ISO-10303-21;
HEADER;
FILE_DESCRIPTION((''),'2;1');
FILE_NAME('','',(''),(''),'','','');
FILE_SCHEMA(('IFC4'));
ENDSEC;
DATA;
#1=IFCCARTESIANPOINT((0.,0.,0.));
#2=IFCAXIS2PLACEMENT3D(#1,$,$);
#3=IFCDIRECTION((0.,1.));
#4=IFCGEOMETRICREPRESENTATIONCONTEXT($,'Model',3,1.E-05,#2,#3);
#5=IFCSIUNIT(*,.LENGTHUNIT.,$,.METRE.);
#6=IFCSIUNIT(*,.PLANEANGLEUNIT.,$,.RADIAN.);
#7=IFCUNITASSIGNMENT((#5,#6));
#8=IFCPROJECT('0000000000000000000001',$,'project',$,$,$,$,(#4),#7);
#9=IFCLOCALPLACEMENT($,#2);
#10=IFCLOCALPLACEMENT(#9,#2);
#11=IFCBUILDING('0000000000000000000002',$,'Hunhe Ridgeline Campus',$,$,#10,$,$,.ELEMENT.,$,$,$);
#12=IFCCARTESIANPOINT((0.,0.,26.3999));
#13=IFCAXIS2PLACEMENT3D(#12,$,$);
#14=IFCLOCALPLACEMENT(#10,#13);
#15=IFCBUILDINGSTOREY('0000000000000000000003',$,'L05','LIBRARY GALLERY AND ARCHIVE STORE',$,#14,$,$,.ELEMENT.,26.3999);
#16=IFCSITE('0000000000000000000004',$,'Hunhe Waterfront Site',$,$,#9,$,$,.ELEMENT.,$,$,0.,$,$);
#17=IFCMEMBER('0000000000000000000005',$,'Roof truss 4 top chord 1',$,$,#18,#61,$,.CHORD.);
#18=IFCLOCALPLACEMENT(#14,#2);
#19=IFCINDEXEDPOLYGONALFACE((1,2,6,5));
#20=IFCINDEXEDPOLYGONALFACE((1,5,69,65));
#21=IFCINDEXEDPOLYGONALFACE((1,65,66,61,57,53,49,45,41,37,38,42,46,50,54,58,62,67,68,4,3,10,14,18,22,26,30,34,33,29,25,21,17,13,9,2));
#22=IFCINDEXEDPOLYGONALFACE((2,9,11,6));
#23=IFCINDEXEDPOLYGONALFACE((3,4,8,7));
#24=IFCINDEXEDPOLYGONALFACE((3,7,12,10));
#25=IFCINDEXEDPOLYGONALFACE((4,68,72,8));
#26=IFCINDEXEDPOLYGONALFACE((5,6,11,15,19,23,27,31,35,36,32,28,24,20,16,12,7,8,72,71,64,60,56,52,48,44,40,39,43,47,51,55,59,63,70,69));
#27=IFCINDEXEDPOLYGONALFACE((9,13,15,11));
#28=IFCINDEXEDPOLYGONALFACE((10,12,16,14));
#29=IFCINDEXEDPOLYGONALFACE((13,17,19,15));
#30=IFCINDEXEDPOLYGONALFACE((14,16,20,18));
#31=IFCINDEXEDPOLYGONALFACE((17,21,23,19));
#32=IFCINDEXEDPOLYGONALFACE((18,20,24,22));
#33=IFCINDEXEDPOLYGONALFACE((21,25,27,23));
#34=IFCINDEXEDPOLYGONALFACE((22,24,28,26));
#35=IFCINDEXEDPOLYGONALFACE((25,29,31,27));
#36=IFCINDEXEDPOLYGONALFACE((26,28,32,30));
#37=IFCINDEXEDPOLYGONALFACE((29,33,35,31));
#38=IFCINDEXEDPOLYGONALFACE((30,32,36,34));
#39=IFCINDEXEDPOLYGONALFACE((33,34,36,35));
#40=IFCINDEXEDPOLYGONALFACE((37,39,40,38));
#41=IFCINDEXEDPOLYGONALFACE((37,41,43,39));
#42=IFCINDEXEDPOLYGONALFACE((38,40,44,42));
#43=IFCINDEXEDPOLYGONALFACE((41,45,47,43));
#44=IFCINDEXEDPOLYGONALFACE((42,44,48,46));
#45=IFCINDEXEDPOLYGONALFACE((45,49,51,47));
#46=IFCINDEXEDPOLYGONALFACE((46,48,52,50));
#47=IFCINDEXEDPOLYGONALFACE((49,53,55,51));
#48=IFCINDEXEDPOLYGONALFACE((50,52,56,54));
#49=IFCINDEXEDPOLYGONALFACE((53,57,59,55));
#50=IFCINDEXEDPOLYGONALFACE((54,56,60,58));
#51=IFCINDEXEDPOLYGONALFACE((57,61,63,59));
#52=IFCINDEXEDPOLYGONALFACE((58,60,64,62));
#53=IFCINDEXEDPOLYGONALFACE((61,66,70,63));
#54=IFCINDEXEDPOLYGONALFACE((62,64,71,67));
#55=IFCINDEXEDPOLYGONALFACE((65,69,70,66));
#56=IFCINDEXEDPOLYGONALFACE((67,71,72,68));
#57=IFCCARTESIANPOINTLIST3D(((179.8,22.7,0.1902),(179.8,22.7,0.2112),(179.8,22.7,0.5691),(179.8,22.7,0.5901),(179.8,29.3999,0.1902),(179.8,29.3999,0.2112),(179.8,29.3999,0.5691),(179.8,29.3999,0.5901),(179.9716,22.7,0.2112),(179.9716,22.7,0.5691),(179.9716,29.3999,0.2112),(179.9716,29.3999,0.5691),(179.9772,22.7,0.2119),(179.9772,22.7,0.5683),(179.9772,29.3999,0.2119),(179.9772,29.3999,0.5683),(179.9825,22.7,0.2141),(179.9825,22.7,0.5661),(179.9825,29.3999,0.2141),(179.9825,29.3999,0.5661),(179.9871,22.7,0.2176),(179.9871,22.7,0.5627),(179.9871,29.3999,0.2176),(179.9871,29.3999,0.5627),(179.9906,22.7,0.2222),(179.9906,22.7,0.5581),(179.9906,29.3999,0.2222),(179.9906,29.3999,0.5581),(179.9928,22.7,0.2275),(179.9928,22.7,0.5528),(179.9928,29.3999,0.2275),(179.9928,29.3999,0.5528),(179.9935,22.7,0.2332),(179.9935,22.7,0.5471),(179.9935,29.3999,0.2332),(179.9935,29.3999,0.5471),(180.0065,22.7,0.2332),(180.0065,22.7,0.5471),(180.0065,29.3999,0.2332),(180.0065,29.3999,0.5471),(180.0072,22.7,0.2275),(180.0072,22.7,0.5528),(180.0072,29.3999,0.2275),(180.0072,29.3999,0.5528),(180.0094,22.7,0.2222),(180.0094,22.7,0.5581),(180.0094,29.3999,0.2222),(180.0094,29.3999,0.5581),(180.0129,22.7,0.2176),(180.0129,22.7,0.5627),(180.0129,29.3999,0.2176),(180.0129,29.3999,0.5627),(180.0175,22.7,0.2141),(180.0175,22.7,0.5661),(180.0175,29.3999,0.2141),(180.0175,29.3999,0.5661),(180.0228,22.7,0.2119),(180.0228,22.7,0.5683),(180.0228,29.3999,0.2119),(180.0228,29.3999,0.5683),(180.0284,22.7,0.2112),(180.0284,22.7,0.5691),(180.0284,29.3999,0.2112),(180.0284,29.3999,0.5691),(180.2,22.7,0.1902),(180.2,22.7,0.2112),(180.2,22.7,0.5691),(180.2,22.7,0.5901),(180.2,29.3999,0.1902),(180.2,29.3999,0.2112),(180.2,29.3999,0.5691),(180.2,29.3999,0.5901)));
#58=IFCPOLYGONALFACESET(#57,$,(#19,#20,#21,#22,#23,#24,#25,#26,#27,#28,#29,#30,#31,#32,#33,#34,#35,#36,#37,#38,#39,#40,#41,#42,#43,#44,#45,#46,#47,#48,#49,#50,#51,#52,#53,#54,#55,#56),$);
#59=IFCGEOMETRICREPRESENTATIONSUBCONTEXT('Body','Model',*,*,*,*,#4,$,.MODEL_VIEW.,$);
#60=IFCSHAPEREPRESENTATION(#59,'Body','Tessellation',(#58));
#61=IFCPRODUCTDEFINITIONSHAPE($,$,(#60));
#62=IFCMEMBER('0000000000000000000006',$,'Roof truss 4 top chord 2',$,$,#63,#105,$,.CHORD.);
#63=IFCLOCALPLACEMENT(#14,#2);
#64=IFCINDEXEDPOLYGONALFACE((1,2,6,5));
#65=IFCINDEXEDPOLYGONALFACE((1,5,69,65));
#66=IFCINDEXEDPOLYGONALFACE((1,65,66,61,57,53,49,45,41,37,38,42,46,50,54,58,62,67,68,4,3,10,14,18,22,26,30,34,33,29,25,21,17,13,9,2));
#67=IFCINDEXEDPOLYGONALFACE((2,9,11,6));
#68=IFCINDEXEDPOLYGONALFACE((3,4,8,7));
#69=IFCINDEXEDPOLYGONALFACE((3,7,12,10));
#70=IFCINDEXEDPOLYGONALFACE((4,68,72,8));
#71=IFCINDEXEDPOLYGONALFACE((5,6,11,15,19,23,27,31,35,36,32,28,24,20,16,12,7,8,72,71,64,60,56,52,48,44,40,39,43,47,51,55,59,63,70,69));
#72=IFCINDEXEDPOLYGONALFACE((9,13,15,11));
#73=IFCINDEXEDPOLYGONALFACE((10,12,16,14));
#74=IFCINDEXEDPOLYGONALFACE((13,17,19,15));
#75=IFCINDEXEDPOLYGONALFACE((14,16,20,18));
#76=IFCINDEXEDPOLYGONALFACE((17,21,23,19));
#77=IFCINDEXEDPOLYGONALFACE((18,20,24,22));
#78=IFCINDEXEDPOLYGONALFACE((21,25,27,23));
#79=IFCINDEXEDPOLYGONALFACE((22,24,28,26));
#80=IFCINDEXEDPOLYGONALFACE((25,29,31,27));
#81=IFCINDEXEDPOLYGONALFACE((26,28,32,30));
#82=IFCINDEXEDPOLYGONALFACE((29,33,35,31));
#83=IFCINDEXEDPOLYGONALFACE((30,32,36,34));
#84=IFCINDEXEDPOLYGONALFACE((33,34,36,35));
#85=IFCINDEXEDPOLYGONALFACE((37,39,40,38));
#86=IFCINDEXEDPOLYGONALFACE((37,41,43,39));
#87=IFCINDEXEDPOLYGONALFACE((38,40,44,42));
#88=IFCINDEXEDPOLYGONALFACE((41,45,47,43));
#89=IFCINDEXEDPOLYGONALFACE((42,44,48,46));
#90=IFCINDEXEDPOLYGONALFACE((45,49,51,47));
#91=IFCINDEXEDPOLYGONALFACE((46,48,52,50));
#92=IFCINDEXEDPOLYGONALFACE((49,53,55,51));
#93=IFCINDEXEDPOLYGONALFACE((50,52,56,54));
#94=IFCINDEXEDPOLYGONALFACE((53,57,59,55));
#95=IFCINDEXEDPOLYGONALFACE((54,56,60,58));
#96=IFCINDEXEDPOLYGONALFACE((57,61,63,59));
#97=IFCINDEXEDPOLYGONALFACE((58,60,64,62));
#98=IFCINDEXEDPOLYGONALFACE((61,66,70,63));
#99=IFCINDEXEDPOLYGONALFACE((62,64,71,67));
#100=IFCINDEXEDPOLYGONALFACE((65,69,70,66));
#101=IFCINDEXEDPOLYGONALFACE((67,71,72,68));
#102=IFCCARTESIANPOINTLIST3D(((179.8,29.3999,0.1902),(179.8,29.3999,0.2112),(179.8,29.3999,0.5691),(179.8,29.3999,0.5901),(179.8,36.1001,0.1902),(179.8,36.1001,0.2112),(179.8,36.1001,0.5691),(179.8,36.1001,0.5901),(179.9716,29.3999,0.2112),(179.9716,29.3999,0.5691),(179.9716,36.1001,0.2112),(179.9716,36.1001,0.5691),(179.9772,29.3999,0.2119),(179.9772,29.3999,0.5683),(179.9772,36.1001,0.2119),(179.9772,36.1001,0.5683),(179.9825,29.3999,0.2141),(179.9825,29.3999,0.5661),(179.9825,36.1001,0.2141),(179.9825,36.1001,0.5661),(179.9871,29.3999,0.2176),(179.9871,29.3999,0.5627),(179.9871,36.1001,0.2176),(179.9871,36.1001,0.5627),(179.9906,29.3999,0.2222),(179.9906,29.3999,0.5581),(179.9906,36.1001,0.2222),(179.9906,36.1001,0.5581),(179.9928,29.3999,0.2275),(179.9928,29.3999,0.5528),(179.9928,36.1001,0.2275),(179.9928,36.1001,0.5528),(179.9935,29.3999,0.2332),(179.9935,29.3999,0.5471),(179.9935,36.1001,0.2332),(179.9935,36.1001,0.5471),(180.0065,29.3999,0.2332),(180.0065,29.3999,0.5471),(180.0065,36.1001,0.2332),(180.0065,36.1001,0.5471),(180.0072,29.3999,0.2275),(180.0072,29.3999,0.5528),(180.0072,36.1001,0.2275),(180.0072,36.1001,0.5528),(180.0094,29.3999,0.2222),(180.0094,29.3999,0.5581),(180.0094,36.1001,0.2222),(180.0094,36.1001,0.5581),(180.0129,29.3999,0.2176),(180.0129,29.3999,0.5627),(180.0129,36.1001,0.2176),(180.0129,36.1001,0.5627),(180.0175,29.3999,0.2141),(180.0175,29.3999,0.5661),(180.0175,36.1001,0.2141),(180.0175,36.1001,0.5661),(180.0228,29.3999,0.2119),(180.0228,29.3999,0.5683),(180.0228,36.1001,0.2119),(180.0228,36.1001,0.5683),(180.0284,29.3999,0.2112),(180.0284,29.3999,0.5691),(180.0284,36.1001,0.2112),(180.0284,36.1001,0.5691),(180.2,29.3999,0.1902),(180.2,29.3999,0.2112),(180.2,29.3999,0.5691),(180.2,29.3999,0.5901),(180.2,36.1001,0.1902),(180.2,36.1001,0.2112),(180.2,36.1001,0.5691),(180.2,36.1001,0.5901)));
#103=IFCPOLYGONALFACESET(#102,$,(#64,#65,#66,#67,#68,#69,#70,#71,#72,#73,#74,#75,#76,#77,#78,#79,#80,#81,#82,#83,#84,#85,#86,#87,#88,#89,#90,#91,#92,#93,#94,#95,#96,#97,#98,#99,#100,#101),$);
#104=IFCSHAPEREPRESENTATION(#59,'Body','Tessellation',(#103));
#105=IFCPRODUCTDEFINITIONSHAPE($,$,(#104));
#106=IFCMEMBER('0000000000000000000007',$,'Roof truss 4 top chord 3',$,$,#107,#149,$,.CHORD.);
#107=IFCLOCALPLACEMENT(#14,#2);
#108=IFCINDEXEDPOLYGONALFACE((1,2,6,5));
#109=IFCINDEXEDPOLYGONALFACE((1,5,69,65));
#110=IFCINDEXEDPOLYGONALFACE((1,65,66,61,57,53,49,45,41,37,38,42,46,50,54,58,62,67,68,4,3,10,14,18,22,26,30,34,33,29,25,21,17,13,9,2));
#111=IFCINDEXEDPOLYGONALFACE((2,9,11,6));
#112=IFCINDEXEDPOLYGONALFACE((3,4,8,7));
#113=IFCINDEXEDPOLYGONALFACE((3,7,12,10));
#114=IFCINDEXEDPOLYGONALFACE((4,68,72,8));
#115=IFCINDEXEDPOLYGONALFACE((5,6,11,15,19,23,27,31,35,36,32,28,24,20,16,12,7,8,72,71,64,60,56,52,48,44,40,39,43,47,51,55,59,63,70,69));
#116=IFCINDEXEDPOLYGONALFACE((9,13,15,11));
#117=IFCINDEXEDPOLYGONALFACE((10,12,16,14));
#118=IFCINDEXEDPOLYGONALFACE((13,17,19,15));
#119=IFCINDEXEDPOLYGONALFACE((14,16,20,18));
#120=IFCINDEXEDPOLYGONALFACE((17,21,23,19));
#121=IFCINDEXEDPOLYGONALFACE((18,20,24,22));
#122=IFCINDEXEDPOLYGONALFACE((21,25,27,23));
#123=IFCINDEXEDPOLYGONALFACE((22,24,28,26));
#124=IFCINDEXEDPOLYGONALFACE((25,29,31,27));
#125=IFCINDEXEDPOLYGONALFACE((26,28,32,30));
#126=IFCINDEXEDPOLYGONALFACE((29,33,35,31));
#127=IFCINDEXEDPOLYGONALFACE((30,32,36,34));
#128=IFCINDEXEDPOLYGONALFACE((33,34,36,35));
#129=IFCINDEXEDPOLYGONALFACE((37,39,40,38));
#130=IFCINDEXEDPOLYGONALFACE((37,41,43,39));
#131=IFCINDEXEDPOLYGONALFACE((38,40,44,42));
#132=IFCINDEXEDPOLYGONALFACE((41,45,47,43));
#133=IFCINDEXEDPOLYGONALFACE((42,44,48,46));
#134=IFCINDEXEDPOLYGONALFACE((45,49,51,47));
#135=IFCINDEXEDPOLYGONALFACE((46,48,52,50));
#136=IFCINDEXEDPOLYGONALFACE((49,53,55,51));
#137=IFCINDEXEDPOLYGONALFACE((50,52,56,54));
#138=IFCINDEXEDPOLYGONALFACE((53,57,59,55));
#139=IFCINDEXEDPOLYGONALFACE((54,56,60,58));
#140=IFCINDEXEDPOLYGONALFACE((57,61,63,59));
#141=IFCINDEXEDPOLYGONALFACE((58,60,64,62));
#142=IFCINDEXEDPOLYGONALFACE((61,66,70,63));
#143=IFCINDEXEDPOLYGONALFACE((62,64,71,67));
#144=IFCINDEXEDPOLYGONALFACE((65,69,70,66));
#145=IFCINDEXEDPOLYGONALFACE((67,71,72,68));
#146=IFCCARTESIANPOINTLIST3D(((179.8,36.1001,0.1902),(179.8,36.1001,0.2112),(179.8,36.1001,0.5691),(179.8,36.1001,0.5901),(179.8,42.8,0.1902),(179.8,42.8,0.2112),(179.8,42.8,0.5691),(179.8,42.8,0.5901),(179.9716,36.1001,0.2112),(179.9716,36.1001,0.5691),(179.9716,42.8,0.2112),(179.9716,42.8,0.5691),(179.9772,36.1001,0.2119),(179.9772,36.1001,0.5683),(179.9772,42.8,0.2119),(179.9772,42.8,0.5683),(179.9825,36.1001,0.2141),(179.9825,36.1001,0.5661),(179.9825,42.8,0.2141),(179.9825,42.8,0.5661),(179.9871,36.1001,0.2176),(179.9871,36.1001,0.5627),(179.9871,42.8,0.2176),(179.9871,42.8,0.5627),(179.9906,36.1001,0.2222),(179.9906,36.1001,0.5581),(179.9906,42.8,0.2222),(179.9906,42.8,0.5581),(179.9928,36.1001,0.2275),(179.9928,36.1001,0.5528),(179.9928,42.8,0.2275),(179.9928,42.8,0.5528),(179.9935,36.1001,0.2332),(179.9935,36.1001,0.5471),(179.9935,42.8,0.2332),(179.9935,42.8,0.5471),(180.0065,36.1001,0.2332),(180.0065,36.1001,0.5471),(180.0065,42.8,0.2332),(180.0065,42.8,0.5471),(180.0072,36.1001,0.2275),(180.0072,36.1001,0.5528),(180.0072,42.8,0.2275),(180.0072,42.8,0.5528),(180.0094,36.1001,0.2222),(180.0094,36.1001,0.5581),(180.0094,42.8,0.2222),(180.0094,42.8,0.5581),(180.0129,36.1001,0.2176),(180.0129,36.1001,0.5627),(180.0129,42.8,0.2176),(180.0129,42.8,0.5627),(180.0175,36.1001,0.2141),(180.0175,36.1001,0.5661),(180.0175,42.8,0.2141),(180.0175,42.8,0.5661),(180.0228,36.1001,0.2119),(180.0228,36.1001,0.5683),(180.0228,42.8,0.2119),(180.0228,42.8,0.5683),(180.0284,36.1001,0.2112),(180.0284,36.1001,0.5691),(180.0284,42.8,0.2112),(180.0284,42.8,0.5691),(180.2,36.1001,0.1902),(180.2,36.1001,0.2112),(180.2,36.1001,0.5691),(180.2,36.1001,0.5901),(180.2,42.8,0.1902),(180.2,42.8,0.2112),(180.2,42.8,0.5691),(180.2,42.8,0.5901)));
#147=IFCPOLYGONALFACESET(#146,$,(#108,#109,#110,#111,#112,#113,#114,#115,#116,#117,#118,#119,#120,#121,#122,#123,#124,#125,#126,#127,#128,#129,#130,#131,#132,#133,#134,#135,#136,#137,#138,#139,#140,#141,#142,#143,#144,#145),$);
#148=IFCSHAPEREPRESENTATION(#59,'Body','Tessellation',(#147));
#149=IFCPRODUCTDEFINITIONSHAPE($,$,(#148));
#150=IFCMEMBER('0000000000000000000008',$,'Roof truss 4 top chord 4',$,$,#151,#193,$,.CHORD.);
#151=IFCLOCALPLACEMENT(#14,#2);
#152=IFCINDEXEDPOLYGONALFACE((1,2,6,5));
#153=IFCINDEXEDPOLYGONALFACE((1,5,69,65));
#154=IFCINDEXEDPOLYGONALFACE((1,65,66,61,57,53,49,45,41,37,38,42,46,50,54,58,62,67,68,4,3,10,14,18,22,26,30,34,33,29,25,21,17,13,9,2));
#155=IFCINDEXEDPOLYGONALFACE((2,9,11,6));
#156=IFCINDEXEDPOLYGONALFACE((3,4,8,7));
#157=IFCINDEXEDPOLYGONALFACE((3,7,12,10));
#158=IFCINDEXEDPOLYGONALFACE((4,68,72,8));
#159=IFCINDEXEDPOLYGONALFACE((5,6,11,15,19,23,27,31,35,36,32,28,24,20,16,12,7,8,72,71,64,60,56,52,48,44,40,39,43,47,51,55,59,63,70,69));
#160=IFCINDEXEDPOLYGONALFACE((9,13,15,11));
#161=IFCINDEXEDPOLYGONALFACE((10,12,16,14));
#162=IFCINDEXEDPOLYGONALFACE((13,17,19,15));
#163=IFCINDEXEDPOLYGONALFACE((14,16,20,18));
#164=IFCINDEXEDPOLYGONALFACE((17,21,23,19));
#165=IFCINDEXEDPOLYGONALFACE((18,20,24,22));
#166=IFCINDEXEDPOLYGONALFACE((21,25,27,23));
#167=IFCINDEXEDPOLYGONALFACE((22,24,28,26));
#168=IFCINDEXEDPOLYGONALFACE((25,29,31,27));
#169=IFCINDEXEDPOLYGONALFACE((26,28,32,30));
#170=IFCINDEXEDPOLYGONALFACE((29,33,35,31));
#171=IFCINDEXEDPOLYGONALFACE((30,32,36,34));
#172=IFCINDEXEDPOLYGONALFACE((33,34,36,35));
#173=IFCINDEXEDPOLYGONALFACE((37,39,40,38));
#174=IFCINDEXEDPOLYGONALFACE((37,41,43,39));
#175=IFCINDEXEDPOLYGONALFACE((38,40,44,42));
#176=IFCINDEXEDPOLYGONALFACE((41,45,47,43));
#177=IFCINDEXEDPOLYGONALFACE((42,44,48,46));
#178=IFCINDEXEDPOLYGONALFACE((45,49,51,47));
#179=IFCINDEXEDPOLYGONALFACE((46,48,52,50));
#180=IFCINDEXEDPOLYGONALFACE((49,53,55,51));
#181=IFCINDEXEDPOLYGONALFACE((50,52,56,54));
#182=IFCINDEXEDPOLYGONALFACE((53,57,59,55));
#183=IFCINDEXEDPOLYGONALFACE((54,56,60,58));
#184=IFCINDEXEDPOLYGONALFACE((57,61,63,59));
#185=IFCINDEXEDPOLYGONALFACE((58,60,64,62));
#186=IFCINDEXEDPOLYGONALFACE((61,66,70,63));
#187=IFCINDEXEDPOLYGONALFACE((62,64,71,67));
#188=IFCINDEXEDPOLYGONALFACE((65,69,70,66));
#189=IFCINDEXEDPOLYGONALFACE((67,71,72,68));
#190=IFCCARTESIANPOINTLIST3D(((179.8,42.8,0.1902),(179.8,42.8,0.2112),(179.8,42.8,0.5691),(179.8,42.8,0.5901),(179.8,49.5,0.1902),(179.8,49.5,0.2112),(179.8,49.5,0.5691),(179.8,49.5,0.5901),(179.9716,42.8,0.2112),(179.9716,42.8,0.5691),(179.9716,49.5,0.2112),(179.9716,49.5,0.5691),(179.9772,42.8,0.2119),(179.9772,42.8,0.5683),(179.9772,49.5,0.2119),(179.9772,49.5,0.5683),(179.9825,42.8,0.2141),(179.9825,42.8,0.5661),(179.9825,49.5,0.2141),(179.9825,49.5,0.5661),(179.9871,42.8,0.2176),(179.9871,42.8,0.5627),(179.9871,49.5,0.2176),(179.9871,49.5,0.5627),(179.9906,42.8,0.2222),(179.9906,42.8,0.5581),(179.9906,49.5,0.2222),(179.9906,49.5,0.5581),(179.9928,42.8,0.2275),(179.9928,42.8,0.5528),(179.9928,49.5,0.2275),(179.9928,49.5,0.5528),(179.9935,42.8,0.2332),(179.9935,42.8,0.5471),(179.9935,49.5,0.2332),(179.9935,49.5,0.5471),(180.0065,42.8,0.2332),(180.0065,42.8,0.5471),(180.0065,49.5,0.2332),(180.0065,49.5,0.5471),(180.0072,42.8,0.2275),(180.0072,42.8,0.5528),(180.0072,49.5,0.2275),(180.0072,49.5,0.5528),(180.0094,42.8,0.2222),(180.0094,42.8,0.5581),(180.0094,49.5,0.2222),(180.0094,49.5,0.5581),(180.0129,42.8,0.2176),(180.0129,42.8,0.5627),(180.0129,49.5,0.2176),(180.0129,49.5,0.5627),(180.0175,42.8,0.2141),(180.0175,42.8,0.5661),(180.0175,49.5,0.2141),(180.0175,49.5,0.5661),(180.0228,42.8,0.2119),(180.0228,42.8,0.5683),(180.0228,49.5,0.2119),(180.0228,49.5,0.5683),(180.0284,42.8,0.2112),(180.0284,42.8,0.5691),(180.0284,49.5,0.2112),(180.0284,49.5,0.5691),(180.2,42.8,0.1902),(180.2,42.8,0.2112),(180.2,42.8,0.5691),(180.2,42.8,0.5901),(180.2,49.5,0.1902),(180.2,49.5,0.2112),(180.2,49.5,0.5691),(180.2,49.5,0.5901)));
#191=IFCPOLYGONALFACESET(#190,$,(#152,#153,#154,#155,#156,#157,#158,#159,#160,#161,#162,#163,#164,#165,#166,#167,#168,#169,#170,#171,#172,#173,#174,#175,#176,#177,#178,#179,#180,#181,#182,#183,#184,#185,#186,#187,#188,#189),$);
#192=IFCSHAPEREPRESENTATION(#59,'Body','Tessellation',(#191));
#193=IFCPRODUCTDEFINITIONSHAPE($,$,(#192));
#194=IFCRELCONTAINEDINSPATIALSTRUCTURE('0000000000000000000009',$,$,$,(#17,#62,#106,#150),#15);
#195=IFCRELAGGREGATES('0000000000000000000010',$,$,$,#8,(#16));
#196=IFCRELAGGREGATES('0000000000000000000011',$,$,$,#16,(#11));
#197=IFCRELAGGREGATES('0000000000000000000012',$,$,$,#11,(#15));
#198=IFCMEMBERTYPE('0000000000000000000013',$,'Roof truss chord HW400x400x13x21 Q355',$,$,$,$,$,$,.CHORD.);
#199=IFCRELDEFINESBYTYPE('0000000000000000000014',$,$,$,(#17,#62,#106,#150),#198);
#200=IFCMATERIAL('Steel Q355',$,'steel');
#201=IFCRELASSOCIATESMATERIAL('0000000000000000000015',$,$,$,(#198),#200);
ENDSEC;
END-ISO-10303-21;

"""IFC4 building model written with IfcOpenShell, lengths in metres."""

from ifc_helpers import new_model, si_unit, direction, frame, origin, origin_2d, place, context, subcontext, project, spatial, i_section, extrude, material, material_profile, profile_set, type_object, element, save


model = new_model("IFC4")

# Units and contexts
model_context = context("Model", 3, precision=1e-05, world=origin(), true_north=direction((0.0, 1.0)))
body_context = subcontext(model_context, "Body", "Model", "MODEL_VIEW")
ifc_project = project(units=[si_unit("LENGTHUNIT", "METRE"), si_unit("PLANEANGLEUNIT", "RADIAN")], contexts=[model_context])

# Site, building, storey
site_placement = place(None, origin())
site = spatial("IfcSite", under=ifc_project, at=site_placement, Name="Hunhe Waterfront Site", CompositionType="ELEMENT", RefElevation=0.0)
building_placement = place(site_placement, origin())
building = spatial("IfcBuilding", under=site, at=building_placement, Name="Hunhe Ridgeline Campus", CompositionType="ELEMENT")
storey_placement = place(building_placement, frame((0.0, 0.0, 26.3999)))
storey = spatial("IfcBuildingStorey", under=building, at=storey_placement, Name="L05", Description="LIBRARY GALLERY AND ARCHIVE STORE", CompositionType="ELEMENT", Elevation=26.3999)

# Members
ifc_material = material(Name="Steel Q355", Category="steel")
ifc_material_profile_1 = material_profile(ifc_material, i_section(OverallWidth=0.3999, OverallDepth=0.3999, WebThickness=0.0129, FlangeThickness=0.021, FilletRadius=0.022, at=origin_2d()))
ifc_profile_set_1 = profile_set([ifc_material_profile_1], Name="Steel Q355")
member_type_1 = type_object("IfcMemberType", Name="Roof truss chord HW400x400x13x21 Q355", PredefinedType="CHORD", material=ifc_profile_set_1)
for number, where, z_axis, x_axis, name in (
    (1, (180.0, 22.7, 0.3901), (0.0, 1.0, 0.0), (-1.0, 0.0, 0.0), "Roof truss 4 top chord 1"),
):
    element("IfcMember", number, at=place(storey_placement, frame(where, z_axis=z_axis, x_axis=x_axis)), inside=storey, type_object=member_type_1, Name=name, PredefinedType="CHORD", context=body_context, shape_type="SweptSolid", body=[
        extrude(i_section(OverallWidth=0.3999, OverallDepth=0.3999, WebThickness=0.0129, FlangeThickness=0.021, FilletRadius=0.022, at=origin_2d()), origin(), (0.0, 0.0, 1.0), 6.7),
    ])
member_1_placement = place(storey_placement, frame((180.0, 29.3999, 0.3901), z_axis=(0.0, 1.0, 0.0), x_axis=(-1.0, 0.0, 0.0)))
element("IfcMember", 2, at=member_1_placement, inside=storey, type_object=member_type_1, Name="Roof truss 4 top chord 2", PredefinedType="CHORD", context=body_context, shape_type="SweptSolid", body=[
    extrude(i_section(OverallWidth=0.3999, OverallDepth=0.3999, WebThickness=0.0129, FlangeThickness=0.021, FilletRadius=0.022, at=origin_2d()), origin(), (0.0, 0.0, 1.0), 6.7002),
])
for number, where, z_axis, x_axis, name in (
    (3, (180.0, 36.1001, 0.3901), (0.0, 1.0, 0.0), (-1.0, 0.0, 0.0), "Roof truss 4 top chord 3"),
    (4, (180.0, 42.8, 0.3901), (0.0, 1.0, 0.0), (-1.0, 0.0, 0.0), "Roof truss 4 top chord 4"),
):
    element("IfcMember", number, at=place(storey_placement, frame(where, z_axis=z_axis, x_axis=x_axis)), inside=storey, type_object=member_type_1, Name=name, PredefinedType="CHORD", context=body_context, shape_type="SweptSolid", body=[
        extrude(i_section(OverallWidth=0.3999, OverallDepth=0.3999, WebThickness=0.0129, FlangeThickness=0.021, FilletRadius=0.022, at=origin_2d()), origin(), (0.0, 0.0, 1.0), 6.7),
    ])

save(model, "model.ifc")
